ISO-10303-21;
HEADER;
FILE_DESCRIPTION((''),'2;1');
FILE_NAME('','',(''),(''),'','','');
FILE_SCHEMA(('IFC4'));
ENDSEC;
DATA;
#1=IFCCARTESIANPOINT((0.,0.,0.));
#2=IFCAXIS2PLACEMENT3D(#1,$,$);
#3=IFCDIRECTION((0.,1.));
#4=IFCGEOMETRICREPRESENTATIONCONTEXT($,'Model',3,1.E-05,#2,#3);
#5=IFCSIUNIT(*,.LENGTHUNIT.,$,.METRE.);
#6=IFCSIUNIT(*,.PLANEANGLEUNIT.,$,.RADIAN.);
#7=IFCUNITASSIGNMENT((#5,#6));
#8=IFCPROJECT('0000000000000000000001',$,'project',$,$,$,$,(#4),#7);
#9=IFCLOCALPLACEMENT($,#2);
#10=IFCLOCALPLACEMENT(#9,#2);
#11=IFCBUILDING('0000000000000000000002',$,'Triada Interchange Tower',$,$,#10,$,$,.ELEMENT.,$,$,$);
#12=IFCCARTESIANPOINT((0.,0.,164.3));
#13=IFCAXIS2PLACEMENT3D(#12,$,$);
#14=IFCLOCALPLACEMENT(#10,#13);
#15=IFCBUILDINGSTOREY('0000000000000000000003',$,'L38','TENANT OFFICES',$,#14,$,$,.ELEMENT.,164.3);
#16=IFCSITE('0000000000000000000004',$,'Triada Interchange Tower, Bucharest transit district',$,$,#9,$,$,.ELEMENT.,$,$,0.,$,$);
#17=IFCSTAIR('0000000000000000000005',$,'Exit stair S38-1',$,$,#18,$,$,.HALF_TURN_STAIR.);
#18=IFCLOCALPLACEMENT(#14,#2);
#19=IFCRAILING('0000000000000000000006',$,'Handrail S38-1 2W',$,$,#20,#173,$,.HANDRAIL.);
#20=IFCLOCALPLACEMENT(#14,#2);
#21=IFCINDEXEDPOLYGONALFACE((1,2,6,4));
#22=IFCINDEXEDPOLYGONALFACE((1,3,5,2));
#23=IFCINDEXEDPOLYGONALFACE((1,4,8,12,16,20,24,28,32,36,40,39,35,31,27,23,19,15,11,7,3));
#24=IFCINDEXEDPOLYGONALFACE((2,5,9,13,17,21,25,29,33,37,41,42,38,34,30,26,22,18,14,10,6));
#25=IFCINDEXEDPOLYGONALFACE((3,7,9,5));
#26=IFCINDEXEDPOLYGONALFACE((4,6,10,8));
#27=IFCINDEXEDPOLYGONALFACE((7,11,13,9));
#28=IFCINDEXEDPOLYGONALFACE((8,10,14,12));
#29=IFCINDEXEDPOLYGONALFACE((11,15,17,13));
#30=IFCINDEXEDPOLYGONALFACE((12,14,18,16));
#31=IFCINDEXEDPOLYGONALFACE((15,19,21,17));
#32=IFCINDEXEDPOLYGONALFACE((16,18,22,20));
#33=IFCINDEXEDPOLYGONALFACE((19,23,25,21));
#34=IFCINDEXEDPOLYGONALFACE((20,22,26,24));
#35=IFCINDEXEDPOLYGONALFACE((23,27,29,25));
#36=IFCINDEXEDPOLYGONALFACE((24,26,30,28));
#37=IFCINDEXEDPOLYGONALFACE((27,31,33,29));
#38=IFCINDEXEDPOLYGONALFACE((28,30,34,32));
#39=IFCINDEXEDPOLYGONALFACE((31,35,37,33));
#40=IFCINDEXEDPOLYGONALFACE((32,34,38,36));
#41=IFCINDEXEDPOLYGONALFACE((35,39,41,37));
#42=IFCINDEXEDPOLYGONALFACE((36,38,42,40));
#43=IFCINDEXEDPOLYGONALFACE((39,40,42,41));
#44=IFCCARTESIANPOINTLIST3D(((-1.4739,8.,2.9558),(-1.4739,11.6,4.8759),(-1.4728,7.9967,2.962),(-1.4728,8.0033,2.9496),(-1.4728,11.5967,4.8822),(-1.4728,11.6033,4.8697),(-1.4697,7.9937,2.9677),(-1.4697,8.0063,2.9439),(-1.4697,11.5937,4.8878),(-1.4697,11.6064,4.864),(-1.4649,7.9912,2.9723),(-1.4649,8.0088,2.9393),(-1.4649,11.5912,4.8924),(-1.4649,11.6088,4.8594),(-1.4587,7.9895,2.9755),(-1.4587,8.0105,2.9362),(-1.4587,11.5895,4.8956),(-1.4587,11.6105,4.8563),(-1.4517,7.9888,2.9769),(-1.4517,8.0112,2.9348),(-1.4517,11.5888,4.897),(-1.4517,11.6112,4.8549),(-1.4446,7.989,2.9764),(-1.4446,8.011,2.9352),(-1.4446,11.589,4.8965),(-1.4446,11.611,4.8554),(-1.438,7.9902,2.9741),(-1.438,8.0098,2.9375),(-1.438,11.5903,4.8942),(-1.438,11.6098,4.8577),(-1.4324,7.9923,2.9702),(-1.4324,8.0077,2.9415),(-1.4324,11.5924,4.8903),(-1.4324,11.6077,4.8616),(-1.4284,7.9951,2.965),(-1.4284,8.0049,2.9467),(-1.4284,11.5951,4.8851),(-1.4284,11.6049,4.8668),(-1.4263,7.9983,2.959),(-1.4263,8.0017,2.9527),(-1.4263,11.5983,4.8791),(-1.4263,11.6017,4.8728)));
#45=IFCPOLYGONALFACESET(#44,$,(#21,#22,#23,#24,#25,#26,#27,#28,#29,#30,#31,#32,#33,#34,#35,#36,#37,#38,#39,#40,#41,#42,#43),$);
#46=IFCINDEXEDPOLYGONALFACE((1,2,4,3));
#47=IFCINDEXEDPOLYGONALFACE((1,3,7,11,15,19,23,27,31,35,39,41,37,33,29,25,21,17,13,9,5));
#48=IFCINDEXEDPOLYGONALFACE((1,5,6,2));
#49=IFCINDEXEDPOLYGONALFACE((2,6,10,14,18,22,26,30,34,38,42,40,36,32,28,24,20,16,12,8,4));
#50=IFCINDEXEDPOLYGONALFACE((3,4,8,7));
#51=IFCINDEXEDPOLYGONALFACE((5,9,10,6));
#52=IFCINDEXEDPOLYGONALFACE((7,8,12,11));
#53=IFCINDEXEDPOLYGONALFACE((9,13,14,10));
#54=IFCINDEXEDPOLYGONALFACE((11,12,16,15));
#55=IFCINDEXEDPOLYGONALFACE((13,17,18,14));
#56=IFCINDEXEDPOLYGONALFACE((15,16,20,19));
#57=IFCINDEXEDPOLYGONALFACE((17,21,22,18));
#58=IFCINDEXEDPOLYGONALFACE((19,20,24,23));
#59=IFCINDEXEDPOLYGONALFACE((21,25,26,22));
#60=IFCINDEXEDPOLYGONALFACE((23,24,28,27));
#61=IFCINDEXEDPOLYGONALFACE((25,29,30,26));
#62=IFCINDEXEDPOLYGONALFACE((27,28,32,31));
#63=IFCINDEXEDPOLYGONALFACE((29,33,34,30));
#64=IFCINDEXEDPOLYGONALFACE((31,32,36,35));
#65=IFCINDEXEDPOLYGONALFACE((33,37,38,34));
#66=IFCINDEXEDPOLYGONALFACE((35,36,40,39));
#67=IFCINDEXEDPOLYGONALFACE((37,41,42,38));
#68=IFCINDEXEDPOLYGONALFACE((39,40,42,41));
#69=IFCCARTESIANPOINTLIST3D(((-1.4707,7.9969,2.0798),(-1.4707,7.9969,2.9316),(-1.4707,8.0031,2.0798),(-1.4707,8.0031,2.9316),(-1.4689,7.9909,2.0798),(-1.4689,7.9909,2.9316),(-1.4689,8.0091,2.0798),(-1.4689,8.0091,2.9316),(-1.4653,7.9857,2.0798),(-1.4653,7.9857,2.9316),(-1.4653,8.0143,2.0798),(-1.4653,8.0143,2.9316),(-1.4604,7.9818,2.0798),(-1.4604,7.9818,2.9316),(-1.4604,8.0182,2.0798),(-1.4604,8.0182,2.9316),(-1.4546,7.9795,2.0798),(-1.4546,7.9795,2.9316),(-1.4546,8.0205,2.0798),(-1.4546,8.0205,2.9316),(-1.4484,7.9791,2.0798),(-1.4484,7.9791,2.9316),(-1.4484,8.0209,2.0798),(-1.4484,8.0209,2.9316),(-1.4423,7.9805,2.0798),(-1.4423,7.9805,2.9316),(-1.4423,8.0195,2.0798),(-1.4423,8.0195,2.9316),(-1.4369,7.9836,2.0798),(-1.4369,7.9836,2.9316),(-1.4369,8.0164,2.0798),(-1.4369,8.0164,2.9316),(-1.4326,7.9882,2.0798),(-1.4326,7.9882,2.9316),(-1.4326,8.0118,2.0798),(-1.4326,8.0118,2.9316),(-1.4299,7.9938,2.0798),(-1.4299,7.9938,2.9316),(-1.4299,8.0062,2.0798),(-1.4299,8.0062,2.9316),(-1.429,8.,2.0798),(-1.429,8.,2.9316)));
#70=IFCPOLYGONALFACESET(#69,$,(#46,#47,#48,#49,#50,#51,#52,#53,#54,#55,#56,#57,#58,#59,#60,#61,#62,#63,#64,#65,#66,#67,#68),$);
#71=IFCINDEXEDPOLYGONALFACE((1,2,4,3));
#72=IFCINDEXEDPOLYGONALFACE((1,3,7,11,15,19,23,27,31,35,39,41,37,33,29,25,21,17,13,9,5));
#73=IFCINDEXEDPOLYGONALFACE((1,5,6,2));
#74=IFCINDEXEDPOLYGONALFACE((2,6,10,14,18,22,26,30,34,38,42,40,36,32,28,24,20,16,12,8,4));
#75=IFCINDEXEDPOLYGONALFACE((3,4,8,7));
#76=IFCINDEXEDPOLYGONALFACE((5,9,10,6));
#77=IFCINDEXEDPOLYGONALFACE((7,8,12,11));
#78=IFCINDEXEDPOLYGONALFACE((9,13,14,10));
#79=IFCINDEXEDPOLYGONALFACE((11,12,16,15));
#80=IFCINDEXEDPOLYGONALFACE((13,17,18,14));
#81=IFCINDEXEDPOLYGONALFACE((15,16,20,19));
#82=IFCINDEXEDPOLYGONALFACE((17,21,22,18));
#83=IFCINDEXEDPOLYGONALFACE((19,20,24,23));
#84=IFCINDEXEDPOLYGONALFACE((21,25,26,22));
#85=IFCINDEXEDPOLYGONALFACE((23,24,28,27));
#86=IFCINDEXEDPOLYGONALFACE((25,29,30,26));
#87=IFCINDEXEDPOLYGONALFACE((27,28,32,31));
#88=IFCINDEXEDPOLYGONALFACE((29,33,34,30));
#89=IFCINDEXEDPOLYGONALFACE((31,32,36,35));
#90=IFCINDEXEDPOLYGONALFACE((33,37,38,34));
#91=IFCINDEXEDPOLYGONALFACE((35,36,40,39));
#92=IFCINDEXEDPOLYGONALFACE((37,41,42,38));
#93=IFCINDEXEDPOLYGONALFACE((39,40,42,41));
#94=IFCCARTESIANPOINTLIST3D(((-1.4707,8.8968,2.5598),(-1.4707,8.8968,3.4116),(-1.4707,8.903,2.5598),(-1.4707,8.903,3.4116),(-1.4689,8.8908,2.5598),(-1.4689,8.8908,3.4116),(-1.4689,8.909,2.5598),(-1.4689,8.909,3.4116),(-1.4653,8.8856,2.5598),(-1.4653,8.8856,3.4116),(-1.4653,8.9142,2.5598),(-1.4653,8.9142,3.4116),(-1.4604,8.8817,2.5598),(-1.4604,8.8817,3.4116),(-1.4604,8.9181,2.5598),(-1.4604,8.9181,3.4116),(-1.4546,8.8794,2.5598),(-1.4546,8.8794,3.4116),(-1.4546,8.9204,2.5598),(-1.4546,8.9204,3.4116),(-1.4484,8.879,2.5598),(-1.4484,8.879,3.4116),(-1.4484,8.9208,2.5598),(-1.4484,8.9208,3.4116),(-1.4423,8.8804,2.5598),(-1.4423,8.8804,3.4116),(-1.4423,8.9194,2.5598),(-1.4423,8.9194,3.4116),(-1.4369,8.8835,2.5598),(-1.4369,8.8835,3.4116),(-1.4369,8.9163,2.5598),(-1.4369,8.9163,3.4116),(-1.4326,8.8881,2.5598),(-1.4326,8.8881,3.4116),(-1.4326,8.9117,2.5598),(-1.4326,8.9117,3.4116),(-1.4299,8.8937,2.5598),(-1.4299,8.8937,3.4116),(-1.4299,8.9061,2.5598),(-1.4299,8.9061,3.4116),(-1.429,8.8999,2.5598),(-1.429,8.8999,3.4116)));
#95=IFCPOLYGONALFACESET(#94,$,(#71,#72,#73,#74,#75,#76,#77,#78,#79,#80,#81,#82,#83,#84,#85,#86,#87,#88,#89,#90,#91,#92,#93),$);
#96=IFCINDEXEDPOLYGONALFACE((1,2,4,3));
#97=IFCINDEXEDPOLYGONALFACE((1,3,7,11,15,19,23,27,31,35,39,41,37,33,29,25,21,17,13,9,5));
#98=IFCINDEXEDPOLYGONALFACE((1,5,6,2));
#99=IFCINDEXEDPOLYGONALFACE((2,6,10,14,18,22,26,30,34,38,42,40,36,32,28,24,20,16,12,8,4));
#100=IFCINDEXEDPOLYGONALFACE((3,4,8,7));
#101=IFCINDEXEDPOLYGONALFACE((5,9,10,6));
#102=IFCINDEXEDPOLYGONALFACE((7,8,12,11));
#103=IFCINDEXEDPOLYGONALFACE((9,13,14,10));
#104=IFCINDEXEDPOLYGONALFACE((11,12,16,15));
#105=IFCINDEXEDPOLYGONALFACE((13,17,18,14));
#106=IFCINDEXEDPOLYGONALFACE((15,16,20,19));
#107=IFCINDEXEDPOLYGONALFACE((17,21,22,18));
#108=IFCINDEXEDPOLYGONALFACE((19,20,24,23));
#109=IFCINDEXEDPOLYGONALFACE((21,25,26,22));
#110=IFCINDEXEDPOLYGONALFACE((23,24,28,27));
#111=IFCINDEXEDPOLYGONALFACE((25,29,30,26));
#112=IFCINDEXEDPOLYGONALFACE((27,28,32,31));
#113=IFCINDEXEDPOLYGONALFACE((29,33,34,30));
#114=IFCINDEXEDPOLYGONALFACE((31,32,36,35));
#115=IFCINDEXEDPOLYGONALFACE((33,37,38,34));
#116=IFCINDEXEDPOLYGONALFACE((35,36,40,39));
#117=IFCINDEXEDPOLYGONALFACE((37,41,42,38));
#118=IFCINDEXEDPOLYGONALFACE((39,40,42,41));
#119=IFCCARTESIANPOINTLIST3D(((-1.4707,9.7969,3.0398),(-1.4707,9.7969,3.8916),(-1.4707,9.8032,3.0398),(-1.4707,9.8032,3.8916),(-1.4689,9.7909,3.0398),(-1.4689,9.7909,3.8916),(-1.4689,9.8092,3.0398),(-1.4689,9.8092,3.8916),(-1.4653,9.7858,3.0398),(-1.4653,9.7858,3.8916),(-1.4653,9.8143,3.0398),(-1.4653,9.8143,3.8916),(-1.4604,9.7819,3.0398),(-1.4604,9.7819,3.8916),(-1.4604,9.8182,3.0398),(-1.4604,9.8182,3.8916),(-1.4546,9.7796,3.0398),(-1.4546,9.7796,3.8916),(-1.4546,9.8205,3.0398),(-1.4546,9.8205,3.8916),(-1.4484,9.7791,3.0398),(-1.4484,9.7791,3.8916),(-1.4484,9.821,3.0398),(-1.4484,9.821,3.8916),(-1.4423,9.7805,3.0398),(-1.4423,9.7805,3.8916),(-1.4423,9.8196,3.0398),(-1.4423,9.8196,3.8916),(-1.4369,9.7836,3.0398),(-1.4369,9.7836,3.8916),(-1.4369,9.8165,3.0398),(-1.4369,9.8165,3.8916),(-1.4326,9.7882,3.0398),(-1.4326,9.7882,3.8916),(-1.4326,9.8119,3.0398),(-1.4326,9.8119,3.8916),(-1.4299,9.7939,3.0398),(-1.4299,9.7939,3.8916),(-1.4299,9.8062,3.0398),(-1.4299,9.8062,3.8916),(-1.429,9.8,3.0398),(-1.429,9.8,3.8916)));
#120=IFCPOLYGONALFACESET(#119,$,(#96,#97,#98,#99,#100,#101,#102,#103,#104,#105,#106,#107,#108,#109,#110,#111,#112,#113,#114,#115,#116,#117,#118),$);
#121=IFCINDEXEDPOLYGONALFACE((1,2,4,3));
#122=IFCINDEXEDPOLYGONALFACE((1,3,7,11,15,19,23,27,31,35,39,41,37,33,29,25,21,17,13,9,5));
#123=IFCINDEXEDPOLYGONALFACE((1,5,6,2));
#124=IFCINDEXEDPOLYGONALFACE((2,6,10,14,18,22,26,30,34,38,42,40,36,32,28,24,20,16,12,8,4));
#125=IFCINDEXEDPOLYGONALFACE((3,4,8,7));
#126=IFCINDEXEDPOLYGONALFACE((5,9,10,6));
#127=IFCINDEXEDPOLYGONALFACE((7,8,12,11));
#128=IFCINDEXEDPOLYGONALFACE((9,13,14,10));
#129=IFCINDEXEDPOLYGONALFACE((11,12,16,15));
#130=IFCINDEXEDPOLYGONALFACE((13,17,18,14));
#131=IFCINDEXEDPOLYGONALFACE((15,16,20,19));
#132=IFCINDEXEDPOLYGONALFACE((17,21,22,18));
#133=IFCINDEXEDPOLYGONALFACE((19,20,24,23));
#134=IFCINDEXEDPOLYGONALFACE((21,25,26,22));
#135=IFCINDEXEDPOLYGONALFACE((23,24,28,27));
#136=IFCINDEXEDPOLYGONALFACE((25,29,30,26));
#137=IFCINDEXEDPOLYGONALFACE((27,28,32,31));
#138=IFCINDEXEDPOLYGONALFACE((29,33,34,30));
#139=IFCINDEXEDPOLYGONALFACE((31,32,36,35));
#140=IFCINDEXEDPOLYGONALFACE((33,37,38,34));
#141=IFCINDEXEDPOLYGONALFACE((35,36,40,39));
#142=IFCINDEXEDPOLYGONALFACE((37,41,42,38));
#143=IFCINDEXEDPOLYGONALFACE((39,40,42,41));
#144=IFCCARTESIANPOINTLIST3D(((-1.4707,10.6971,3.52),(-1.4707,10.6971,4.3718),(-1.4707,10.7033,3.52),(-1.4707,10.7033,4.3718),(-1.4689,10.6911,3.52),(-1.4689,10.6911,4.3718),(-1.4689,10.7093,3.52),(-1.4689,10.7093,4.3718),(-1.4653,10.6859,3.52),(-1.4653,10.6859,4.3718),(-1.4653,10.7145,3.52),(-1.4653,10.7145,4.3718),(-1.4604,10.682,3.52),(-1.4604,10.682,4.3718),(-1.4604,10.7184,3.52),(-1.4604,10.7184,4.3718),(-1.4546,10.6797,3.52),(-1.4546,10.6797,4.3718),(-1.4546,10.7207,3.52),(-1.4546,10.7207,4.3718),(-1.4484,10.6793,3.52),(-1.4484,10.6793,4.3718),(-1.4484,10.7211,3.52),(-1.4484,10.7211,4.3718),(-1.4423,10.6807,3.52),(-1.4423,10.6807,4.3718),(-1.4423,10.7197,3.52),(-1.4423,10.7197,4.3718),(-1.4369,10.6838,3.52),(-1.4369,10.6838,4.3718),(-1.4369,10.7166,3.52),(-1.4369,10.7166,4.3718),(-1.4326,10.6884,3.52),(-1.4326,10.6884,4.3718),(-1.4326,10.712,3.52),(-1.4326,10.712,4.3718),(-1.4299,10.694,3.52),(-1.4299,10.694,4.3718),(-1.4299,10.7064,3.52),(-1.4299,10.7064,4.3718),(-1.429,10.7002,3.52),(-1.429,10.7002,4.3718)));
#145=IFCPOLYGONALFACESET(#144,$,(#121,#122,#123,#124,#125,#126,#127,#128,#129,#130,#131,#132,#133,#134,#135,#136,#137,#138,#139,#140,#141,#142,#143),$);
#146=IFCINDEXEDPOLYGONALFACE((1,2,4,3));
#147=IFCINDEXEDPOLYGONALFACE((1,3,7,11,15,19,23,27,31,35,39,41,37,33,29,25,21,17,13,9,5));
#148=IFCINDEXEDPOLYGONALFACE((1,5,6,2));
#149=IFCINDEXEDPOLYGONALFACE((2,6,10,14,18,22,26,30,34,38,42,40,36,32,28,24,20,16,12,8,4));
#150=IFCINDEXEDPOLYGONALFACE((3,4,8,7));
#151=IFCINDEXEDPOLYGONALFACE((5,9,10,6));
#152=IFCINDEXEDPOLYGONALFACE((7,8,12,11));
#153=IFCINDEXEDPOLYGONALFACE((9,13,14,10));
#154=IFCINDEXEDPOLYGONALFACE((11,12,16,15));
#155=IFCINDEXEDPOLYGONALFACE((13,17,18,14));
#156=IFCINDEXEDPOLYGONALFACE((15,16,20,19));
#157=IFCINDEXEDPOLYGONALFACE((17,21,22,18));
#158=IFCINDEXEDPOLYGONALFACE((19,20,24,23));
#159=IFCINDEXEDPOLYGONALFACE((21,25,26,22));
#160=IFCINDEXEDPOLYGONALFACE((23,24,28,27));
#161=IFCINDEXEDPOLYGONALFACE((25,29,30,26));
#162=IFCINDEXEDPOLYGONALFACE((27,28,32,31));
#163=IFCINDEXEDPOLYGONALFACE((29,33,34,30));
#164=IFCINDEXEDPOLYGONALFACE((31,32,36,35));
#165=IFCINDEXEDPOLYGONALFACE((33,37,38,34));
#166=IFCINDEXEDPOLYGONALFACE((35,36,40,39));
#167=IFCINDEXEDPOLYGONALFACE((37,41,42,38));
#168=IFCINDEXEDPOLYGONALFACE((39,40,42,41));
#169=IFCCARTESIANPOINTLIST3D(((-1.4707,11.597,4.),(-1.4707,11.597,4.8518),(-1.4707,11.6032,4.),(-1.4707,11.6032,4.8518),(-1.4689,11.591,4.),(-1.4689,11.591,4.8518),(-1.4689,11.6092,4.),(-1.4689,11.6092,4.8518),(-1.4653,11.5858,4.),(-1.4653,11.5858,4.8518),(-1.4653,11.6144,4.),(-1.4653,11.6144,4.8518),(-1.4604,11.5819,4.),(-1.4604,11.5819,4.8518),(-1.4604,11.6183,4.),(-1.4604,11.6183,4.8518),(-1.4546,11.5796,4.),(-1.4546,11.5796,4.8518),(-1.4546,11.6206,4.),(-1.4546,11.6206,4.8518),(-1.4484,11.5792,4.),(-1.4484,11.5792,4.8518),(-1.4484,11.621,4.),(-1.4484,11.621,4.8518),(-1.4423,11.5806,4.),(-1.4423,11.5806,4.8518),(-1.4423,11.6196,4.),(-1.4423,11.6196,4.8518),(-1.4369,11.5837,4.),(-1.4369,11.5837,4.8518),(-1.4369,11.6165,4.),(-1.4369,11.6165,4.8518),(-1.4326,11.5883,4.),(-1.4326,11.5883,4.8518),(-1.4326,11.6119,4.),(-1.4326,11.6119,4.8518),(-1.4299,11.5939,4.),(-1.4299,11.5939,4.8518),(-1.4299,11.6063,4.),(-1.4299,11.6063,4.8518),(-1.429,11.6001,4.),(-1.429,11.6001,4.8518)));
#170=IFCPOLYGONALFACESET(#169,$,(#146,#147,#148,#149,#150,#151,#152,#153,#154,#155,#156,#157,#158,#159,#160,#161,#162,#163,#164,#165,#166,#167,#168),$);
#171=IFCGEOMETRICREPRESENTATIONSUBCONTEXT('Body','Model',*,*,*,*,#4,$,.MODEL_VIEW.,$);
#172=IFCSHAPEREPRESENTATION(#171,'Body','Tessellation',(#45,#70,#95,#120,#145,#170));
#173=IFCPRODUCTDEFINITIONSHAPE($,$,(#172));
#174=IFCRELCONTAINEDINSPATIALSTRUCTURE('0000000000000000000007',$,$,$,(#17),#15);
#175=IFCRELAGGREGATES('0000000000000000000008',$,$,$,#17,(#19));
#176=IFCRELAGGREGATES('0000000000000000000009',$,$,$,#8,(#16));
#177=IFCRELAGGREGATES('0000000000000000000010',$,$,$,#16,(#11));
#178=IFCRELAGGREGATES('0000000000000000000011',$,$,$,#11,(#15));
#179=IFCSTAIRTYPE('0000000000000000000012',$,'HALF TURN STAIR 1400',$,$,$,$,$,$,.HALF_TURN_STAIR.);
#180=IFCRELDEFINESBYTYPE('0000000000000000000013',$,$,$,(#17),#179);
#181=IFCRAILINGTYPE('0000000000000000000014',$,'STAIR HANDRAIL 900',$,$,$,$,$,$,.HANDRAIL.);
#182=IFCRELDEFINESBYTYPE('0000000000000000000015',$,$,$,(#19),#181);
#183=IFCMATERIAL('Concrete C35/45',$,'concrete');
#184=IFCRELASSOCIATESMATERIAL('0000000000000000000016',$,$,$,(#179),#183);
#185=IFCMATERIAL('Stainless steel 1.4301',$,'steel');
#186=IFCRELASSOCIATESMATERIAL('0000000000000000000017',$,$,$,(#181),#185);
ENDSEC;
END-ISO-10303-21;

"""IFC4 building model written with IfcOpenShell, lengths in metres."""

from ifc_helpers import new_model, si_unit, direction, frame, origin, origin_2d, place, context, subcontext, project, spatial, circle, extrude, material, type_object, element, aggregate, save


model = new_model("IFC4")

# Units and contexts
model_context = context("Model", 3, precision=1e-05, world=origin(), true_north=direction((0.0, 1.0)))
body_context = subcontext(model_context, "Body", "Model", "MODEL_VIEW")
ifc_project = project(units=[si_unit("LENGTHUNIT", "METRE"), si_unit("PLANEANGLEUNIT", "RADIAN")], contexts=[model_context])

# Site, building, storey
site_placement = place(None, origin())
site = spatial("IfcSite", under=ifc_project, at=site_placement, Name="Triada Interchange Tower, Bucharest transit district", CompositionType="ELEMENT", RefElevation=0.0)
building_placement = place(site_placement, origin())
building = spatial("IfcBuilding", under=site, at=building_placement, Name="Triada Interchange Tower", CompositionType="ELEMENT")
storey_placement = place(building_placement, frame((0.0, 0.0, 164.3)))
storey = spatial("IfcBuildingStorey", under=building, at=storey_placement, Name="L38", Description="TENANT OFFICES", CompositionType="ELEMENT", Elevation=164.3)

# Stair, railing
ifc_material_1 = material(Name="Concrete C35/45", Category="concrete")
stair_type = type_object("IfcStairType", Name="HALF TURN STAIR 1400", PredefinedType="HALF_TURN_STAIR", material=ifc_material_1)
stair_placement = place(storey_placement, origin())
stair = element("IfcStair", 1, at=stair_placement, inside=storey, type_object=stair_type, Name="Exit stair S38-1", PredefinedType="HALF_TURN_STAIR")
ifc_material_2 = material(Name="Stainless steel 1.4301", Category="steel")
railing_type = type_object("IfcRailingType", Name="STAIR HANDRAIL 900", PredefinedType="HANDRAIL", material=ifc_material_2)
railing_1_placement = place(storey_placement, frame((-1.45, 8.0, 2.0798)))
railing_1 = element("IfcRailing", 2, at=railing_1_placement, type_object=railing_type, Name="Handrail S38-1 2W", PredefinedType="HANDRAIL", context=body_context, shape_type="SweptSolid", body=[
    extrude(circle(Radius=0.0239, at=origin_2d()), frame((0.0, 0.0, 0.876), z_axis=(0.0, 0.882341, 0.47061), x_axis=(-1.0, 0.0, 0.0)), (0.0, 0.0, 1.0), 4.0801),
    extrude(circle(Radius=0.021, at=origin_2d()), origin(), (0.0, 0.0, 1.0), 0.8518),
    extrude(circle(Radius=0.021, at=origin_2d()), frame((0.0, 0.8999, 0.48)), (0.0, 0.0, 1.0), 0.8518),
    extrude(circle(Radius=0.021, at=origin_2d()), frame((0.0, 1.8, 0.96)), (0.0, 0.0, 1.0), 0.8518),
    extrude(circle(Radius=0.021, at=origin_2d()), frame((0.0, 2.7002, 1.4402)), (0.0, 0.0, 1.0), 0.8518),
    extrude(circle(Radius=0.021, at=origin_2d()), frame((0.0, 3.6001, 1.9202)), (0.0, 0.0, 1.0), 0.8518),
])
aggregate(stair, [railing_1])

save(model, "model.ifc")
